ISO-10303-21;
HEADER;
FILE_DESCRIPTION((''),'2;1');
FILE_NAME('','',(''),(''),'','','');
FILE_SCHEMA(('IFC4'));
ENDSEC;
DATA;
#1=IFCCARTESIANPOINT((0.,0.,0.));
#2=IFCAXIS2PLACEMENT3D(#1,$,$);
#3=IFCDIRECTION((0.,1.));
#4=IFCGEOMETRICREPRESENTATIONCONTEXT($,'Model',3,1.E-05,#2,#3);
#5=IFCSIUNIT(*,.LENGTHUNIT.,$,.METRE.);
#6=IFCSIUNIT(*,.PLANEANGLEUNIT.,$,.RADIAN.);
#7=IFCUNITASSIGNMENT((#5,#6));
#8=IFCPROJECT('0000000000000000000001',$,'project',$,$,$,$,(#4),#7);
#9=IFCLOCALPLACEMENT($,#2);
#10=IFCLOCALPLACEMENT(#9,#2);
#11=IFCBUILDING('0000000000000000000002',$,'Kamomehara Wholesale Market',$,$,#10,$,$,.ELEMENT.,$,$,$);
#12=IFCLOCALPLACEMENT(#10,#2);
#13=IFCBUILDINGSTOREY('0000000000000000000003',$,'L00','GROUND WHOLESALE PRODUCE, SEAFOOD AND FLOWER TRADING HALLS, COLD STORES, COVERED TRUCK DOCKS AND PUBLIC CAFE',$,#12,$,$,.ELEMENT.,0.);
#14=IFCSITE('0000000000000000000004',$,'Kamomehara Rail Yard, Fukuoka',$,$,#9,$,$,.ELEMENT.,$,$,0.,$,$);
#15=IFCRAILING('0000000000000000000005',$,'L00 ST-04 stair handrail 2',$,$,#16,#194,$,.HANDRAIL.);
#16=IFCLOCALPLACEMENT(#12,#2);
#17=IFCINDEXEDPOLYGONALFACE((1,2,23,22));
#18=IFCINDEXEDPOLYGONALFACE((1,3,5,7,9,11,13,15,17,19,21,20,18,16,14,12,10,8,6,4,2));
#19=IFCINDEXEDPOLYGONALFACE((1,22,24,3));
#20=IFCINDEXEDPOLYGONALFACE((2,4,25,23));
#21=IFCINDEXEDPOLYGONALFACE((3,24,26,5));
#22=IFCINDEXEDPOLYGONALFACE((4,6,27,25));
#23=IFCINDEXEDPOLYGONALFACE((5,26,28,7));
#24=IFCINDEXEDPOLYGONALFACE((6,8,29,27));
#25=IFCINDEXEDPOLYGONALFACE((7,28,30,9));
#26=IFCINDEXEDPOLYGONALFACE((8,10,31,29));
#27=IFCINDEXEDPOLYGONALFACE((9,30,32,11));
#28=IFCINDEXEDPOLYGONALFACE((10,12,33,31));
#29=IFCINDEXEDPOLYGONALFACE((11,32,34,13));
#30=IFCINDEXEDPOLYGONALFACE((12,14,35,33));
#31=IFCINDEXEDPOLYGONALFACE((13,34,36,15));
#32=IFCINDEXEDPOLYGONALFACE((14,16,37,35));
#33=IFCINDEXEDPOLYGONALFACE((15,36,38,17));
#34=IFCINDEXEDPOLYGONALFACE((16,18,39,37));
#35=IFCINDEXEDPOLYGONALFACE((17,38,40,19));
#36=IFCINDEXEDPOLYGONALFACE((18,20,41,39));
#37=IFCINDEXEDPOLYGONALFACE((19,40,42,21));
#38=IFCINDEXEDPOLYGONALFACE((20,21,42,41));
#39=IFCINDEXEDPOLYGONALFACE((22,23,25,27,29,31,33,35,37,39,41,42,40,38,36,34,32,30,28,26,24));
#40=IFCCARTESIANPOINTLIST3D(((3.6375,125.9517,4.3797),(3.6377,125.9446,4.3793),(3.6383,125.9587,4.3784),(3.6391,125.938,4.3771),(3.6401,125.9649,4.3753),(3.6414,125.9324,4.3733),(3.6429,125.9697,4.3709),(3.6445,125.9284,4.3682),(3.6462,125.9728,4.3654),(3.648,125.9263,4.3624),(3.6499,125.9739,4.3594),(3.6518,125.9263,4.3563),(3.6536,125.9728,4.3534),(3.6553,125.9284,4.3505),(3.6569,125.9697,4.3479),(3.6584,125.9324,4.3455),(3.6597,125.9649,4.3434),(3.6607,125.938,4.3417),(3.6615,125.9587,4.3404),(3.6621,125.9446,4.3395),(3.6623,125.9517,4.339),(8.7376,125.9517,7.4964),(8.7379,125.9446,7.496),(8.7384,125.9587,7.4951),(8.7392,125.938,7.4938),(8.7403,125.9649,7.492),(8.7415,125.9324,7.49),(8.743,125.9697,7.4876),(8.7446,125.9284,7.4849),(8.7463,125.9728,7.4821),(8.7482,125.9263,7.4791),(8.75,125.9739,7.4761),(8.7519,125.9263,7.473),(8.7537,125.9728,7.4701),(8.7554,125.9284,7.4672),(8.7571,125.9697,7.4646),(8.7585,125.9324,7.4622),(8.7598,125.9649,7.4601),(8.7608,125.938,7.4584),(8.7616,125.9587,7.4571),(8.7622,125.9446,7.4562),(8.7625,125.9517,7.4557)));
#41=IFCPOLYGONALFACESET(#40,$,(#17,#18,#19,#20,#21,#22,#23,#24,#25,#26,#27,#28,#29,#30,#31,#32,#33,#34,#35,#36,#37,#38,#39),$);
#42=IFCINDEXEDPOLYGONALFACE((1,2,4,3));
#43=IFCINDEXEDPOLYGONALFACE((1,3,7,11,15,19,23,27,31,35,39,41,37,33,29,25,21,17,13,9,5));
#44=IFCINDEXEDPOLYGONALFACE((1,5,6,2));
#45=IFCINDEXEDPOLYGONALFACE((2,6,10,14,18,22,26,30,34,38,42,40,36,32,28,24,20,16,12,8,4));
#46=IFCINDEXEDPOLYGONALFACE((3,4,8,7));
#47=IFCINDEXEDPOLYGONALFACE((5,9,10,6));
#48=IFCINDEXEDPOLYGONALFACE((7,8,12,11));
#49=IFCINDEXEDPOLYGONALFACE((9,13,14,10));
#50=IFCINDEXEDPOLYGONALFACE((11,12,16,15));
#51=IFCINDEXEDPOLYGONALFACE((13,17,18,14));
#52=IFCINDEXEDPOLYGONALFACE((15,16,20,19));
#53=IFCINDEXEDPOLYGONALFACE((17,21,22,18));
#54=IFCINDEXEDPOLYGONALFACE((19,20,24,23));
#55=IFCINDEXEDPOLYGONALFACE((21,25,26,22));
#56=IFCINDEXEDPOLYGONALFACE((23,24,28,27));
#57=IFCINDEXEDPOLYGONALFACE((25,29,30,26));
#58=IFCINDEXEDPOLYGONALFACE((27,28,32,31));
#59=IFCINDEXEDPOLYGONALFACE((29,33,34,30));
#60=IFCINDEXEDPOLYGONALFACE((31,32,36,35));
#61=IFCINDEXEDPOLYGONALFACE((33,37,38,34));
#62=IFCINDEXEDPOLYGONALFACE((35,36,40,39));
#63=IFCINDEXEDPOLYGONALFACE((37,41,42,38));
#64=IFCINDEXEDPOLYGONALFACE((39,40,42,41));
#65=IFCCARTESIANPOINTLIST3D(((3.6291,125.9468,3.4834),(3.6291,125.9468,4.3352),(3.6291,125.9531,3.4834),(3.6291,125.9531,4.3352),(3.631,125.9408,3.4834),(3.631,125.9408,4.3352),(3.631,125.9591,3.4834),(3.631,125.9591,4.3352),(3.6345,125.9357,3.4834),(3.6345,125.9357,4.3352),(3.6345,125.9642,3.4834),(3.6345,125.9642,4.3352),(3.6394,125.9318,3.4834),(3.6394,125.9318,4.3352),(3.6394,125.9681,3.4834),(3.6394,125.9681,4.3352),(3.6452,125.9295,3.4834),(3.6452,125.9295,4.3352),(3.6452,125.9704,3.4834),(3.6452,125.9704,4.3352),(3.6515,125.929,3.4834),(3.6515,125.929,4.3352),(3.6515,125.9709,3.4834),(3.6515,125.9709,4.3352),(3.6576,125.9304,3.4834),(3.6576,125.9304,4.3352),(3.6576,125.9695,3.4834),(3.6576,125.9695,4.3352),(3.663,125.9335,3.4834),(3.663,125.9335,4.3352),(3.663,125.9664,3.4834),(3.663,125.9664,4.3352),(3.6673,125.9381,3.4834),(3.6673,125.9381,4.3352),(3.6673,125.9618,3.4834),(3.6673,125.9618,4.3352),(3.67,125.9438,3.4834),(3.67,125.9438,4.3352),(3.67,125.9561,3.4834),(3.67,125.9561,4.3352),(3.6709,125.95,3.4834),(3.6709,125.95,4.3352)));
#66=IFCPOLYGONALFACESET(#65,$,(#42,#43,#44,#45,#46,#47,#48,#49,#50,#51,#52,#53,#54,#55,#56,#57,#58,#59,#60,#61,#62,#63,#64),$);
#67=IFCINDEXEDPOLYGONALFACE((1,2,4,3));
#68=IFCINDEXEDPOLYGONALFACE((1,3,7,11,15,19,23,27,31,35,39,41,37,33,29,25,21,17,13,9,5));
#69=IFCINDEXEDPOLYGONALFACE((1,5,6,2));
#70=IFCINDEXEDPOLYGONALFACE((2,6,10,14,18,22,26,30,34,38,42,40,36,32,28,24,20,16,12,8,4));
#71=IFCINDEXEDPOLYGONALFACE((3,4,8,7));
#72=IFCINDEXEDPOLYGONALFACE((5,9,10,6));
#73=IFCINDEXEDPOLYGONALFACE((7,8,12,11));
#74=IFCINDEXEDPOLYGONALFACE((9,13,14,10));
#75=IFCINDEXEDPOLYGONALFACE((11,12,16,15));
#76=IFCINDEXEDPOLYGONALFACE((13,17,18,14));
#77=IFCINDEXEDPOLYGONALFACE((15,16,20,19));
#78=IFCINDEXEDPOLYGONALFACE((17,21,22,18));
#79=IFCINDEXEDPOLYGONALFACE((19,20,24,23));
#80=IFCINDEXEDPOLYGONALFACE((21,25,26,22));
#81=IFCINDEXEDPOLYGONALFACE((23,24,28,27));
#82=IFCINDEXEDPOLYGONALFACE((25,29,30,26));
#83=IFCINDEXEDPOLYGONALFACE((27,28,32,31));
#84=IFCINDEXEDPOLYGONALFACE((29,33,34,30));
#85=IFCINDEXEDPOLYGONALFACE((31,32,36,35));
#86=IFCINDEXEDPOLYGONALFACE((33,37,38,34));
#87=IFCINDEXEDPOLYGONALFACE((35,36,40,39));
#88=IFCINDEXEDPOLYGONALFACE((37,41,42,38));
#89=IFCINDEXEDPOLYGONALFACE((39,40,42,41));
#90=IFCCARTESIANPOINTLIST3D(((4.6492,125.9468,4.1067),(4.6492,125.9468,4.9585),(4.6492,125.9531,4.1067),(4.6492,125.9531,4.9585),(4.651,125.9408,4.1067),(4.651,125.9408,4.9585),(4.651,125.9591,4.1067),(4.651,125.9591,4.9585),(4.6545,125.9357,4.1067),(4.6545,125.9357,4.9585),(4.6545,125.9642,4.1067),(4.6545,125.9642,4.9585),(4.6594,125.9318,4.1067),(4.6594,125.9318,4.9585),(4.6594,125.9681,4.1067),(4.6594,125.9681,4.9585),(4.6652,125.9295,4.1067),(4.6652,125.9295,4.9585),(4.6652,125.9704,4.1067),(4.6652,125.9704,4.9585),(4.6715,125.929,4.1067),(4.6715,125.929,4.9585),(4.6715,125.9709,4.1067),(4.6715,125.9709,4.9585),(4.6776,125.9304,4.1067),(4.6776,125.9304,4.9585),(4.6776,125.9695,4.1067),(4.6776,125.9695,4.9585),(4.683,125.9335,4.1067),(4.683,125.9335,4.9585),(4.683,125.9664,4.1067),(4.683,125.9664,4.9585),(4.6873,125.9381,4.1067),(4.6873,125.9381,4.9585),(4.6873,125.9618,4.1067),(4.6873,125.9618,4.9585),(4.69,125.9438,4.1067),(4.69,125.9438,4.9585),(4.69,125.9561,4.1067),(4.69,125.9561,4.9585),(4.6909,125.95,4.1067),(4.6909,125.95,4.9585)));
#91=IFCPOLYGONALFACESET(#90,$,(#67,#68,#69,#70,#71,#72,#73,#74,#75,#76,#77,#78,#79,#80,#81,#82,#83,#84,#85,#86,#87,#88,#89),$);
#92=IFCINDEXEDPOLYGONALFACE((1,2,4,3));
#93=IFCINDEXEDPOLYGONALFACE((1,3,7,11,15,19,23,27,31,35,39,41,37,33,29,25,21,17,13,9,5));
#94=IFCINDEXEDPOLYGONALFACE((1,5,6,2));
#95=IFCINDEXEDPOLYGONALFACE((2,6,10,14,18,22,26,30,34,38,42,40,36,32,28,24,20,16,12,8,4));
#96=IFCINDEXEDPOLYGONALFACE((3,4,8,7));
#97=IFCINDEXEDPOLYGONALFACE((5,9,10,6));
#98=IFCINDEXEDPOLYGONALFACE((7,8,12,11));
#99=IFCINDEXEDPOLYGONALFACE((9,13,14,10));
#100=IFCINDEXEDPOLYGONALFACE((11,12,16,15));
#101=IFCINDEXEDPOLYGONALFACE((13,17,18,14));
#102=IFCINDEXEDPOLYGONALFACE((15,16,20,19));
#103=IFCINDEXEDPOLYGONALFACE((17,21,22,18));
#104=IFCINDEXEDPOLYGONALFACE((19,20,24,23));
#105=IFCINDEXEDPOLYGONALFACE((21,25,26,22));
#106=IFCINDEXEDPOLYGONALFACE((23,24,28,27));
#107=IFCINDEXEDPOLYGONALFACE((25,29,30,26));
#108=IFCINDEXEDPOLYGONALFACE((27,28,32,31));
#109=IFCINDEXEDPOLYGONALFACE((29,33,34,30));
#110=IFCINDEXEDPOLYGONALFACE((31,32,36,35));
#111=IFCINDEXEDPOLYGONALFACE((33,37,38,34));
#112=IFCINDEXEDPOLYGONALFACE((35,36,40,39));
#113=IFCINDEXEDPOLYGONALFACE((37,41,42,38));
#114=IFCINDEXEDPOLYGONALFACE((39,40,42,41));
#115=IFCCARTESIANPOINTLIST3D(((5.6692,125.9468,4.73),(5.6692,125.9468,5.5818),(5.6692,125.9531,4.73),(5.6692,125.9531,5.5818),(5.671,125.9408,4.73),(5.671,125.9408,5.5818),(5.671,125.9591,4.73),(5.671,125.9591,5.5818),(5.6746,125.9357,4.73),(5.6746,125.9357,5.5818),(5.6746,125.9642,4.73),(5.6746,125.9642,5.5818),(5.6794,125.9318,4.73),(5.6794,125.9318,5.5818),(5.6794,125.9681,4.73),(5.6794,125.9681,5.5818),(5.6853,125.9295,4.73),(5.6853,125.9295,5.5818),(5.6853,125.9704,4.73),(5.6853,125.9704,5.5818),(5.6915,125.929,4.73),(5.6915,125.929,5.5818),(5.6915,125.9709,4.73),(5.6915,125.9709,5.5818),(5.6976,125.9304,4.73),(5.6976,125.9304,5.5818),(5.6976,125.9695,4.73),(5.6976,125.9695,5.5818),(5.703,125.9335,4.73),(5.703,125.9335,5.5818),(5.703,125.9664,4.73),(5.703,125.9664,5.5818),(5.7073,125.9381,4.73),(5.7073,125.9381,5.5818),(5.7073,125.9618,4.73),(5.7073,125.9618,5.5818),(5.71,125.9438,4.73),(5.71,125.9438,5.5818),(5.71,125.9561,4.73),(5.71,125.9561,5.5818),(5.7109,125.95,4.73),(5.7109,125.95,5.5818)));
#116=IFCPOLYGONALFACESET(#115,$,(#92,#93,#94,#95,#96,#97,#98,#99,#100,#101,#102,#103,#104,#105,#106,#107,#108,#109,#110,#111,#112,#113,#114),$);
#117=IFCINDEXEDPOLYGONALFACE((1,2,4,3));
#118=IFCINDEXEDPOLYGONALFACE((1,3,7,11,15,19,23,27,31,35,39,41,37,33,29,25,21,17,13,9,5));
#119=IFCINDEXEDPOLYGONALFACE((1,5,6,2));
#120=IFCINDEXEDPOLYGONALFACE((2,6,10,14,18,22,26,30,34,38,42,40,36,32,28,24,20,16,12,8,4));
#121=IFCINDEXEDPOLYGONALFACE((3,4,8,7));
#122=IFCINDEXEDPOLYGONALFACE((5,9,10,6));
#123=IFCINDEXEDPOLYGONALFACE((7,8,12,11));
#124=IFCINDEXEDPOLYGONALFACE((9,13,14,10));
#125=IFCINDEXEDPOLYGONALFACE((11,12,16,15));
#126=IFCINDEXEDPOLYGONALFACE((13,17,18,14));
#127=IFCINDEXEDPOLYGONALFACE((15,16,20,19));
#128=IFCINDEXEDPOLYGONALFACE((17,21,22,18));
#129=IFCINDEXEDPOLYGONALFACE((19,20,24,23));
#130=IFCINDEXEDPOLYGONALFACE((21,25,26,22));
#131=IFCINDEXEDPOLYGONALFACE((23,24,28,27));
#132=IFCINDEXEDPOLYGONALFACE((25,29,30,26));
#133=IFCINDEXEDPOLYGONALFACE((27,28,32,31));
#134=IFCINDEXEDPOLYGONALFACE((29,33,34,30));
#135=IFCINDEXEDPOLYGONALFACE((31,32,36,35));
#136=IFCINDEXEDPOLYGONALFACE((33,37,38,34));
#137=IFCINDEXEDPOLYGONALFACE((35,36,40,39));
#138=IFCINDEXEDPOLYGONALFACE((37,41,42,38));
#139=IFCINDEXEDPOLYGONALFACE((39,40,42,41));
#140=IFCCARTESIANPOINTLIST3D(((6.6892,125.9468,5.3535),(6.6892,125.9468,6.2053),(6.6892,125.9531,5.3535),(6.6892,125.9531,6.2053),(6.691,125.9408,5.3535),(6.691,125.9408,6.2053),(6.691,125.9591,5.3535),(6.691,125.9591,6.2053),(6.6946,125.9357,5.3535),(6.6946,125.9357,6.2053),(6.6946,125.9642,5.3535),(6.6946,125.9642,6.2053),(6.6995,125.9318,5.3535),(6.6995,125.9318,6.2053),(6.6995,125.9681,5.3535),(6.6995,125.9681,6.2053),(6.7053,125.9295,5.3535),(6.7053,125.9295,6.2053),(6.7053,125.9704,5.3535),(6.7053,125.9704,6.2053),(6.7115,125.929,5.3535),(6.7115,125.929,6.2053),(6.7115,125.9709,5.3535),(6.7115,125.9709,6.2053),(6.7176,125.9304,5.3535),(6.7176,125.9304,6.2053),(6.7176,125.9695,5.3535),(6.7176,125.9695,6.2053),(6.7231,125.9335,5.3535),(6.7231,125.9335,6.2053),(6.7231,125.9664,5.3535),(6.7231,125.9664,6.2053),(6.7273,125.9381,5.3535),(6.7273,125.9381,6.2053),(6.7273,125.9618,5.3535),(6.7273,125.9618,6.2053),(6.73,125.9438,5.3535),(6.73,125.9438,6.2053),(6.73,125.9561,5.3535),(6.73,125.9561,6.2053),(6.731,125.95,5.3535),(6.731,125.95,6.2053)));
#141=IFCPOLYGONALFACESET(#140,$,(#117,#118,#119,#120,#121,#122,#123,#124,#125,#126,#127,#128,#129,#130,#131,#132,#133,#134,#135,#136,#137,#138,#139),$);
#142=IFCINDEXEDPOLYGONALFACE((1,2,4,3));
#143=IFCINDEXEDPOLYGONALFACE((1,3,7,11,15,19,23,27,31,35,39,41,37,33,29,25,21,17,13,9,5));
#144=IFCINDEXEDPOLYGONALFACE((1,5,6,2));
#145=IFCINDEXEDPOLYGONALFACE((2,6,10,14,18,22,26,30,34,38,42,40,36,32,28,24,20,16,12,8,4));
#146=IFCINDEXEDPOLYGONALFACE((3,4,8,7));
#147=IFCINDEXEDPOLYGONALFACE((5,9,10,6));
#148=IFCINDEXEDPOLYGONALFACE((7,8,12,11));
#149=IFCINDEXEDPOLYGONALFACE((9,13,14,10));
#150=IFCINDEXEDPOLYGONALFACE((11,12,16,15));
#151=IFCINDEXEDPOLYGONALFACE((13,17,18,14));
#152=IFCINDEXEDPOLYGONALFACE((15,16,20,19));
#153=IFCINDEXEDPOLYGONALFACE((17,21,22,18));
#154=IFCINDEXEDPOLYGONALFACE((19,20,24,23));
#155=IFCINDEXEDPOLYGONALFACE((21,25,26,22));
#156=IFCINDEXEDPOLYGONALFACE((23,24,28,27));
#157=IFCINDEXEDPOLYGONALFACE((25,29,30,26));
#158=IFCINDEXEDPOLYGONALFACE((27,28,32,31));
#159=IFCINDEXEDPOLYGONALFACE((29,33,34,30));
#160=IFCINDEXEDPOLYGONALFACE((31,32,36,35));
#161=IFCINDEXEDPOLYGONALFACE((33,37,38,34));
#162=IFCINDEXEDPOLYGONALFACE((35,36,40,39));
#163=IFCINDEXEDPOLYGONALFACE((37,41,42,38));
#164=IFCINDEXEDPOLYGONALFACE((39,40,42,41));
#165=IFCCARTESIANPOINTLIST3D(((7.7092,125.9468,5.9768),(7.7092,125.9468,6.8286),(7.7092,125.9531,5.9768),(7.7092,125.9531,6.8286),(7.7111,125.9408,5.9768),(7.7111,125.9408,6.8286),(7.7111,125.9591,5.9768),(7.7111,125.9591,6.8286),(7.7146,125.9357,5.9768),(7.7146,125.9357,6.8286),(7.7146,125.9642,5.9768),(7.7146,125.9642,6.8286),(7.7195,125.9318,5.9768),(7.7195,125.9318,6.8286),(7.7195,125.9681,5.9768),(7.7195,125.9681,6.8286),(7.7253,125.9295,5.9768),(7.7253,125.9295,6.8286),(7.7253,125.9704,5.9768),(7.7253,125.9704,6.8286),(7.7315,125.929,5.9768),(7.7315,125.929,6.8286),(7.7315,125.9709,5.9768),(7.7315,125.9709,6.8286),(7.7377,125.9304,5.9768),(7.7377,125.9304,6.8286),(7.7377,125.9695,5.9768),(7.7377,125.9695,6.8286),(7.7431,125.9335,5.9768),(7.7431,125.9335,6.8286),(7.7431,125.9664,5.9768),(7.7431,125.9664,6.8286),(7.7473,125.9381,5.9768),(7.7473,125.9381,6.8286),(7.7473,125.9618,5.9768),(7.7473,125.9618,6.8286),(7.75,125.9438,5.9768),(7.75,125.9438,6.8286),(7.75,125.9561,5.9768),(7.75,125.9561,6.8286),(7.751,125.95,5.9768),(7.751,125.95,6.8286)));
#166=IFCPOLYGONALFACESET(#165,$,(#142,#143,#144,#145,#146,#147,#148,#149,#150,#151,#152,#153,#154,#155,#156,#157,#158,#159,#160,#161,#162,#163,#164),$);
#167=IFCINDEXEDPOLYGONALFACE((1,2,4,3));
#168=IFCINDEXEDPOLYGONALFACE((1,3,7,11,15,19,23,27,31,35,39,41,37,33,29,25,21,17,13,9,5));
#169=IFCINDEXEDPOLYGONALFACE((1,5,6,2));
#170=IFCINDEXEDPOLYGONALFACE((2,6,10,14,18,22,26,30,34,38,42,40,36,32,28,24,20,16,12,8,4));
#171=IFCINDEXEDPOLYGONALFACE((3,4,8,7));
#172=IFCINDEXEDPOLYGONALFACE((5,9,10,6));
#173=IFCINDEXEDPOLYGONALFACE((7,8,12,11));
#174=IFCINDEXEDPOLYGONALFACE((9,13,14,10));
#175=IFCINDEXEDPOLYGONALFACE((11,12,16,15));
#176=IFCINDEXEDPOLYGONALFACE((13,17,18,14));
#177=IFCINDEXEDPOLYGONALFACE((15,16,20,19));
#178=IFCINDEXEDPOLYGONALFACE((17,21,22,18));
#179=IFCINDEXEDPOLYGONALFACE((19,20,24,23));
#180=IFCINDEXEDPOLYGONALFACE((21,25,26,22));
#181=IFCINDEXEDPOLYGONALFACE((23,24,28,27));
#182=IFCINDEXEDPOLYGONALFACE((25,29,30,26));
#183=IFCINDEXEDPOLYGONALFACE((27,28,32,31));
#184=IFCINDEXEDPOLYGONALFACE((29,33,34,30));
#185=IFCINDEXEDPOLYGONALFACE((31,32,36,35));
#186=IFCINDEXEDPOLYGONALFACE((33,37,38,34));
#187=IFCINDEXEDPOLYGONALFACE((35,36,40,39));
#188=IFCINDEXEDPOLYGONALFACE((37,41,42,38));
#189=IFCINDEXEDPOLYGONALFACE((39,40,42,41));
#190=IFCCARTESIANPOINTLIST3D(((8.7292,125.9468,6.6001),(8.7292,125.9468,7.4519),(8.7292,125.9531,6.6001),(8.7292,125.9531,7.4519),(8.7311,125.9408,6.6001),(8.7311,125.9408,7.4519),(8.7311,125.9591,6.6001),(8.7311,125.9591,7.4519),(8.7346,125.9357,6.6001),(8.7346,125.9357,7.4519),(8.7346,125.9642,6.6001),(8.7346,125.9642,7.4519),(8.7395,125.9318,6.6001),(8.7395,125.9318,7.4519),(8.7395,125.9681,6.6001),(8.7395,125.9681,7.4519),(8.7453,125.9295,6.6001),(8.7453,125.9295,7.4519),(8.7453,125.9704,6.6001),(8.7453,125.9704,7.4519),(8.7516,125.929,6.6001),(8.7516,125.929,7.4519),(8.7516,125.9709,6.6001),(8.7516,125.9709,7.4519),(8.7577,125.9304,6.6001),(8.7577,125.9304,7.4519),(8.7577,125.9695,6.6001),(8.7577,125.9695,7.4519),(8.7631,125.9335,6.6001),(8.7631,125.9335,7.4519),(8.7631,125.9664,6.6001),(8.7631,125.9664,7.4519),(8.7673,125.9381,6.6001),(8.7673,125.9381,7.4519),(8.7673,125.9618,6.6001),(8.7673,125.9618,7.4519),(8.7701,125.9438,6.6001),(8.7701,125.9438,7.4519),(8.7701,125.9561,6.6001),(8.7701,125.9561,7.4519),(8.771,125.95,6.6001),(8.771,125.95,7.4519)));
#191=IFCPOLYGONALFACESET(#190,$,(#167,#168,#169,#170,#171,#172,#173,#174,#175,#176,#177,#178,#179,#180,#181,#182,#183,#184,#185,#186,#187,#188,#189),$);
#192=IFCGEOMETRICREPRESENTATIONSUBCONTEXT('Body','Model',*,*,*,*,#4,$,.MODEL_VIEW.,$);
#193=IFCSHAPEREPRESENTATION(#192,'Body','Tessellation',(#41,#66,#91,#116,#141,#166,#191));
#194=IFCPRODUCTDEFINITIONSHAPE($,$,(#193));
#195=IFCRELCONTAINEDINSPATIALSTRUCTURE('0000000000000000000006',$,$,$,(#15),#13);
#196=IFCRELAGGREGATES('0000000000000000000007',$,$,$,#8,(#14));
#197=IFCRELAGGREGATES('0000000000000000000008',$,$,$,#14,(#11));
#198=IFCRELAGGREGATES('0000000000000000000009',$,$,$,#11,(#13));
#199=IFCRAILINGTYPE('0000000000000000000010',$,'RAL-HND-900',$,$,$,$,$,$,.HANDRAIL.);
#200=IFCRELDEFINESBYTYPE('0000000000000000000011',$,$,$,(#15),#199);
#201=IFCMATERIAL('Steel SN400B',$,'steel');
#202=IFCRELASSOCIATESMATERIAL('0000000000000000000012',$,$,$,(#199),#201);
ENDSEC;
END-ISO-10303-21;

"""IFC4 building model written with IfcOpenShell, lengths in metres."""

from ifc_helpers import new_model, si_unit, direction, frame, origin, origin_2d, place, context, subcontext, project, spatial, circle, extrude, material, type_object, element, save


model = new_model("IFC4")

# Units and contexts
model_context = context("Model", 3, precision=1e-05, world=origin(), true_north=direction((0.0, 1.0)))
body_context = subcontext(model_context, "Body", "Model", "MODEL_VIEW")
ifc_project = project(units=[si_unit("LENGTHUNIT", "METRE"), si_unit("PLANEANGLEUNIT", "RADIAN")], contexts=[model_context])

# Site, building, storey
site_placement = place(None, origin())
site = spatial("IfcSite", under=ifc_project, at=site_placement, Name="Kamomehara Rail Yard, Fukuoka", CompositionType="ELEMENT", RefElevation=0.0)
building_placement = place(site_placement, origin())
building = spatial("IfcBuilding", under=site, at=building_placement, Name="Kamomehara Wholesale Market", CompositionType="ELEMENT")
storey_placement = place(building_placement, origin())
storey = spatial("IfcBuildingStorey", under=building, at=storey_placement, Name="L00", Description="GROUND WHOLESALE PRODUCE, SEAFOOD AND FLOWER TRADING HALLS, COLD STORES, COVERED TRUCK DOCKS AND PUBLIC CAFE", CompositionType="ELEMENT", Elevation=0.0)

# Railing
ifc_material_1 = material(Name="Steel SN400B", Category="steel")
railing_type_1 = type_object("IfcRailingType", Name="RAL-HND-900", PredefinedType="HANDRAIL", material=ifc_material_1)
railing_1_placement = place(storey_placement, frame((3.6499, 125.95, 3.4834)))
element("IfcRailing", 1, at=railing_1_placement, inside=storey, type_object=railing_type_1, Name="L00 ST-04 stair handrail 2", PredefinedType="HANDRAIL", context=body_context, shape_type="SweptSolid", body=[
    extrude(circle(Radius=0.0239, at=origin_2d()), frame((0.0, 0.0, 0.876), z_axis=(0.853284, 0.0, 0.521447), x_axis=(0.0, 1.0, 0.0)), (0.0, 0.0, 1.0), 5.9771),
    extrude(circle(Radius=0.021, at=origin_2d()), origin(), (0.0, 0.0, 1.0), 0.8518),
    extrude(circle(Radius=0.021, at=origin_2d()), frame((1.02, 0.0, 0.6233)), (0.0, 0.0, 1.0), 0.8518),
    extrude(circle(Radius=0.021, at=origin_2d()), frame((2.04, 0.0, 1.2466)), (0.0, 0.0, 1.0), 0.8518),
    extrude(circle(Radius=0.021, at=origin_2d()), frame((3.0601, 0.0, 1.8701)), (0.0, 0.0, 1.0), 0.8518),
    extrude(circle(Radius=0.021, at=origin_2d()), frame((4.0801, 0.0, 2.4934)), (0.0, 0.0, 1.0), 0.8518),
    extrude(circle(Radius=0.021, at=origin_2d()), frame((5.1001, 0.0, 3.1167)), (0.0, 0.0, 1.0), 0.8518),
])

save(model, "model.ifc")
